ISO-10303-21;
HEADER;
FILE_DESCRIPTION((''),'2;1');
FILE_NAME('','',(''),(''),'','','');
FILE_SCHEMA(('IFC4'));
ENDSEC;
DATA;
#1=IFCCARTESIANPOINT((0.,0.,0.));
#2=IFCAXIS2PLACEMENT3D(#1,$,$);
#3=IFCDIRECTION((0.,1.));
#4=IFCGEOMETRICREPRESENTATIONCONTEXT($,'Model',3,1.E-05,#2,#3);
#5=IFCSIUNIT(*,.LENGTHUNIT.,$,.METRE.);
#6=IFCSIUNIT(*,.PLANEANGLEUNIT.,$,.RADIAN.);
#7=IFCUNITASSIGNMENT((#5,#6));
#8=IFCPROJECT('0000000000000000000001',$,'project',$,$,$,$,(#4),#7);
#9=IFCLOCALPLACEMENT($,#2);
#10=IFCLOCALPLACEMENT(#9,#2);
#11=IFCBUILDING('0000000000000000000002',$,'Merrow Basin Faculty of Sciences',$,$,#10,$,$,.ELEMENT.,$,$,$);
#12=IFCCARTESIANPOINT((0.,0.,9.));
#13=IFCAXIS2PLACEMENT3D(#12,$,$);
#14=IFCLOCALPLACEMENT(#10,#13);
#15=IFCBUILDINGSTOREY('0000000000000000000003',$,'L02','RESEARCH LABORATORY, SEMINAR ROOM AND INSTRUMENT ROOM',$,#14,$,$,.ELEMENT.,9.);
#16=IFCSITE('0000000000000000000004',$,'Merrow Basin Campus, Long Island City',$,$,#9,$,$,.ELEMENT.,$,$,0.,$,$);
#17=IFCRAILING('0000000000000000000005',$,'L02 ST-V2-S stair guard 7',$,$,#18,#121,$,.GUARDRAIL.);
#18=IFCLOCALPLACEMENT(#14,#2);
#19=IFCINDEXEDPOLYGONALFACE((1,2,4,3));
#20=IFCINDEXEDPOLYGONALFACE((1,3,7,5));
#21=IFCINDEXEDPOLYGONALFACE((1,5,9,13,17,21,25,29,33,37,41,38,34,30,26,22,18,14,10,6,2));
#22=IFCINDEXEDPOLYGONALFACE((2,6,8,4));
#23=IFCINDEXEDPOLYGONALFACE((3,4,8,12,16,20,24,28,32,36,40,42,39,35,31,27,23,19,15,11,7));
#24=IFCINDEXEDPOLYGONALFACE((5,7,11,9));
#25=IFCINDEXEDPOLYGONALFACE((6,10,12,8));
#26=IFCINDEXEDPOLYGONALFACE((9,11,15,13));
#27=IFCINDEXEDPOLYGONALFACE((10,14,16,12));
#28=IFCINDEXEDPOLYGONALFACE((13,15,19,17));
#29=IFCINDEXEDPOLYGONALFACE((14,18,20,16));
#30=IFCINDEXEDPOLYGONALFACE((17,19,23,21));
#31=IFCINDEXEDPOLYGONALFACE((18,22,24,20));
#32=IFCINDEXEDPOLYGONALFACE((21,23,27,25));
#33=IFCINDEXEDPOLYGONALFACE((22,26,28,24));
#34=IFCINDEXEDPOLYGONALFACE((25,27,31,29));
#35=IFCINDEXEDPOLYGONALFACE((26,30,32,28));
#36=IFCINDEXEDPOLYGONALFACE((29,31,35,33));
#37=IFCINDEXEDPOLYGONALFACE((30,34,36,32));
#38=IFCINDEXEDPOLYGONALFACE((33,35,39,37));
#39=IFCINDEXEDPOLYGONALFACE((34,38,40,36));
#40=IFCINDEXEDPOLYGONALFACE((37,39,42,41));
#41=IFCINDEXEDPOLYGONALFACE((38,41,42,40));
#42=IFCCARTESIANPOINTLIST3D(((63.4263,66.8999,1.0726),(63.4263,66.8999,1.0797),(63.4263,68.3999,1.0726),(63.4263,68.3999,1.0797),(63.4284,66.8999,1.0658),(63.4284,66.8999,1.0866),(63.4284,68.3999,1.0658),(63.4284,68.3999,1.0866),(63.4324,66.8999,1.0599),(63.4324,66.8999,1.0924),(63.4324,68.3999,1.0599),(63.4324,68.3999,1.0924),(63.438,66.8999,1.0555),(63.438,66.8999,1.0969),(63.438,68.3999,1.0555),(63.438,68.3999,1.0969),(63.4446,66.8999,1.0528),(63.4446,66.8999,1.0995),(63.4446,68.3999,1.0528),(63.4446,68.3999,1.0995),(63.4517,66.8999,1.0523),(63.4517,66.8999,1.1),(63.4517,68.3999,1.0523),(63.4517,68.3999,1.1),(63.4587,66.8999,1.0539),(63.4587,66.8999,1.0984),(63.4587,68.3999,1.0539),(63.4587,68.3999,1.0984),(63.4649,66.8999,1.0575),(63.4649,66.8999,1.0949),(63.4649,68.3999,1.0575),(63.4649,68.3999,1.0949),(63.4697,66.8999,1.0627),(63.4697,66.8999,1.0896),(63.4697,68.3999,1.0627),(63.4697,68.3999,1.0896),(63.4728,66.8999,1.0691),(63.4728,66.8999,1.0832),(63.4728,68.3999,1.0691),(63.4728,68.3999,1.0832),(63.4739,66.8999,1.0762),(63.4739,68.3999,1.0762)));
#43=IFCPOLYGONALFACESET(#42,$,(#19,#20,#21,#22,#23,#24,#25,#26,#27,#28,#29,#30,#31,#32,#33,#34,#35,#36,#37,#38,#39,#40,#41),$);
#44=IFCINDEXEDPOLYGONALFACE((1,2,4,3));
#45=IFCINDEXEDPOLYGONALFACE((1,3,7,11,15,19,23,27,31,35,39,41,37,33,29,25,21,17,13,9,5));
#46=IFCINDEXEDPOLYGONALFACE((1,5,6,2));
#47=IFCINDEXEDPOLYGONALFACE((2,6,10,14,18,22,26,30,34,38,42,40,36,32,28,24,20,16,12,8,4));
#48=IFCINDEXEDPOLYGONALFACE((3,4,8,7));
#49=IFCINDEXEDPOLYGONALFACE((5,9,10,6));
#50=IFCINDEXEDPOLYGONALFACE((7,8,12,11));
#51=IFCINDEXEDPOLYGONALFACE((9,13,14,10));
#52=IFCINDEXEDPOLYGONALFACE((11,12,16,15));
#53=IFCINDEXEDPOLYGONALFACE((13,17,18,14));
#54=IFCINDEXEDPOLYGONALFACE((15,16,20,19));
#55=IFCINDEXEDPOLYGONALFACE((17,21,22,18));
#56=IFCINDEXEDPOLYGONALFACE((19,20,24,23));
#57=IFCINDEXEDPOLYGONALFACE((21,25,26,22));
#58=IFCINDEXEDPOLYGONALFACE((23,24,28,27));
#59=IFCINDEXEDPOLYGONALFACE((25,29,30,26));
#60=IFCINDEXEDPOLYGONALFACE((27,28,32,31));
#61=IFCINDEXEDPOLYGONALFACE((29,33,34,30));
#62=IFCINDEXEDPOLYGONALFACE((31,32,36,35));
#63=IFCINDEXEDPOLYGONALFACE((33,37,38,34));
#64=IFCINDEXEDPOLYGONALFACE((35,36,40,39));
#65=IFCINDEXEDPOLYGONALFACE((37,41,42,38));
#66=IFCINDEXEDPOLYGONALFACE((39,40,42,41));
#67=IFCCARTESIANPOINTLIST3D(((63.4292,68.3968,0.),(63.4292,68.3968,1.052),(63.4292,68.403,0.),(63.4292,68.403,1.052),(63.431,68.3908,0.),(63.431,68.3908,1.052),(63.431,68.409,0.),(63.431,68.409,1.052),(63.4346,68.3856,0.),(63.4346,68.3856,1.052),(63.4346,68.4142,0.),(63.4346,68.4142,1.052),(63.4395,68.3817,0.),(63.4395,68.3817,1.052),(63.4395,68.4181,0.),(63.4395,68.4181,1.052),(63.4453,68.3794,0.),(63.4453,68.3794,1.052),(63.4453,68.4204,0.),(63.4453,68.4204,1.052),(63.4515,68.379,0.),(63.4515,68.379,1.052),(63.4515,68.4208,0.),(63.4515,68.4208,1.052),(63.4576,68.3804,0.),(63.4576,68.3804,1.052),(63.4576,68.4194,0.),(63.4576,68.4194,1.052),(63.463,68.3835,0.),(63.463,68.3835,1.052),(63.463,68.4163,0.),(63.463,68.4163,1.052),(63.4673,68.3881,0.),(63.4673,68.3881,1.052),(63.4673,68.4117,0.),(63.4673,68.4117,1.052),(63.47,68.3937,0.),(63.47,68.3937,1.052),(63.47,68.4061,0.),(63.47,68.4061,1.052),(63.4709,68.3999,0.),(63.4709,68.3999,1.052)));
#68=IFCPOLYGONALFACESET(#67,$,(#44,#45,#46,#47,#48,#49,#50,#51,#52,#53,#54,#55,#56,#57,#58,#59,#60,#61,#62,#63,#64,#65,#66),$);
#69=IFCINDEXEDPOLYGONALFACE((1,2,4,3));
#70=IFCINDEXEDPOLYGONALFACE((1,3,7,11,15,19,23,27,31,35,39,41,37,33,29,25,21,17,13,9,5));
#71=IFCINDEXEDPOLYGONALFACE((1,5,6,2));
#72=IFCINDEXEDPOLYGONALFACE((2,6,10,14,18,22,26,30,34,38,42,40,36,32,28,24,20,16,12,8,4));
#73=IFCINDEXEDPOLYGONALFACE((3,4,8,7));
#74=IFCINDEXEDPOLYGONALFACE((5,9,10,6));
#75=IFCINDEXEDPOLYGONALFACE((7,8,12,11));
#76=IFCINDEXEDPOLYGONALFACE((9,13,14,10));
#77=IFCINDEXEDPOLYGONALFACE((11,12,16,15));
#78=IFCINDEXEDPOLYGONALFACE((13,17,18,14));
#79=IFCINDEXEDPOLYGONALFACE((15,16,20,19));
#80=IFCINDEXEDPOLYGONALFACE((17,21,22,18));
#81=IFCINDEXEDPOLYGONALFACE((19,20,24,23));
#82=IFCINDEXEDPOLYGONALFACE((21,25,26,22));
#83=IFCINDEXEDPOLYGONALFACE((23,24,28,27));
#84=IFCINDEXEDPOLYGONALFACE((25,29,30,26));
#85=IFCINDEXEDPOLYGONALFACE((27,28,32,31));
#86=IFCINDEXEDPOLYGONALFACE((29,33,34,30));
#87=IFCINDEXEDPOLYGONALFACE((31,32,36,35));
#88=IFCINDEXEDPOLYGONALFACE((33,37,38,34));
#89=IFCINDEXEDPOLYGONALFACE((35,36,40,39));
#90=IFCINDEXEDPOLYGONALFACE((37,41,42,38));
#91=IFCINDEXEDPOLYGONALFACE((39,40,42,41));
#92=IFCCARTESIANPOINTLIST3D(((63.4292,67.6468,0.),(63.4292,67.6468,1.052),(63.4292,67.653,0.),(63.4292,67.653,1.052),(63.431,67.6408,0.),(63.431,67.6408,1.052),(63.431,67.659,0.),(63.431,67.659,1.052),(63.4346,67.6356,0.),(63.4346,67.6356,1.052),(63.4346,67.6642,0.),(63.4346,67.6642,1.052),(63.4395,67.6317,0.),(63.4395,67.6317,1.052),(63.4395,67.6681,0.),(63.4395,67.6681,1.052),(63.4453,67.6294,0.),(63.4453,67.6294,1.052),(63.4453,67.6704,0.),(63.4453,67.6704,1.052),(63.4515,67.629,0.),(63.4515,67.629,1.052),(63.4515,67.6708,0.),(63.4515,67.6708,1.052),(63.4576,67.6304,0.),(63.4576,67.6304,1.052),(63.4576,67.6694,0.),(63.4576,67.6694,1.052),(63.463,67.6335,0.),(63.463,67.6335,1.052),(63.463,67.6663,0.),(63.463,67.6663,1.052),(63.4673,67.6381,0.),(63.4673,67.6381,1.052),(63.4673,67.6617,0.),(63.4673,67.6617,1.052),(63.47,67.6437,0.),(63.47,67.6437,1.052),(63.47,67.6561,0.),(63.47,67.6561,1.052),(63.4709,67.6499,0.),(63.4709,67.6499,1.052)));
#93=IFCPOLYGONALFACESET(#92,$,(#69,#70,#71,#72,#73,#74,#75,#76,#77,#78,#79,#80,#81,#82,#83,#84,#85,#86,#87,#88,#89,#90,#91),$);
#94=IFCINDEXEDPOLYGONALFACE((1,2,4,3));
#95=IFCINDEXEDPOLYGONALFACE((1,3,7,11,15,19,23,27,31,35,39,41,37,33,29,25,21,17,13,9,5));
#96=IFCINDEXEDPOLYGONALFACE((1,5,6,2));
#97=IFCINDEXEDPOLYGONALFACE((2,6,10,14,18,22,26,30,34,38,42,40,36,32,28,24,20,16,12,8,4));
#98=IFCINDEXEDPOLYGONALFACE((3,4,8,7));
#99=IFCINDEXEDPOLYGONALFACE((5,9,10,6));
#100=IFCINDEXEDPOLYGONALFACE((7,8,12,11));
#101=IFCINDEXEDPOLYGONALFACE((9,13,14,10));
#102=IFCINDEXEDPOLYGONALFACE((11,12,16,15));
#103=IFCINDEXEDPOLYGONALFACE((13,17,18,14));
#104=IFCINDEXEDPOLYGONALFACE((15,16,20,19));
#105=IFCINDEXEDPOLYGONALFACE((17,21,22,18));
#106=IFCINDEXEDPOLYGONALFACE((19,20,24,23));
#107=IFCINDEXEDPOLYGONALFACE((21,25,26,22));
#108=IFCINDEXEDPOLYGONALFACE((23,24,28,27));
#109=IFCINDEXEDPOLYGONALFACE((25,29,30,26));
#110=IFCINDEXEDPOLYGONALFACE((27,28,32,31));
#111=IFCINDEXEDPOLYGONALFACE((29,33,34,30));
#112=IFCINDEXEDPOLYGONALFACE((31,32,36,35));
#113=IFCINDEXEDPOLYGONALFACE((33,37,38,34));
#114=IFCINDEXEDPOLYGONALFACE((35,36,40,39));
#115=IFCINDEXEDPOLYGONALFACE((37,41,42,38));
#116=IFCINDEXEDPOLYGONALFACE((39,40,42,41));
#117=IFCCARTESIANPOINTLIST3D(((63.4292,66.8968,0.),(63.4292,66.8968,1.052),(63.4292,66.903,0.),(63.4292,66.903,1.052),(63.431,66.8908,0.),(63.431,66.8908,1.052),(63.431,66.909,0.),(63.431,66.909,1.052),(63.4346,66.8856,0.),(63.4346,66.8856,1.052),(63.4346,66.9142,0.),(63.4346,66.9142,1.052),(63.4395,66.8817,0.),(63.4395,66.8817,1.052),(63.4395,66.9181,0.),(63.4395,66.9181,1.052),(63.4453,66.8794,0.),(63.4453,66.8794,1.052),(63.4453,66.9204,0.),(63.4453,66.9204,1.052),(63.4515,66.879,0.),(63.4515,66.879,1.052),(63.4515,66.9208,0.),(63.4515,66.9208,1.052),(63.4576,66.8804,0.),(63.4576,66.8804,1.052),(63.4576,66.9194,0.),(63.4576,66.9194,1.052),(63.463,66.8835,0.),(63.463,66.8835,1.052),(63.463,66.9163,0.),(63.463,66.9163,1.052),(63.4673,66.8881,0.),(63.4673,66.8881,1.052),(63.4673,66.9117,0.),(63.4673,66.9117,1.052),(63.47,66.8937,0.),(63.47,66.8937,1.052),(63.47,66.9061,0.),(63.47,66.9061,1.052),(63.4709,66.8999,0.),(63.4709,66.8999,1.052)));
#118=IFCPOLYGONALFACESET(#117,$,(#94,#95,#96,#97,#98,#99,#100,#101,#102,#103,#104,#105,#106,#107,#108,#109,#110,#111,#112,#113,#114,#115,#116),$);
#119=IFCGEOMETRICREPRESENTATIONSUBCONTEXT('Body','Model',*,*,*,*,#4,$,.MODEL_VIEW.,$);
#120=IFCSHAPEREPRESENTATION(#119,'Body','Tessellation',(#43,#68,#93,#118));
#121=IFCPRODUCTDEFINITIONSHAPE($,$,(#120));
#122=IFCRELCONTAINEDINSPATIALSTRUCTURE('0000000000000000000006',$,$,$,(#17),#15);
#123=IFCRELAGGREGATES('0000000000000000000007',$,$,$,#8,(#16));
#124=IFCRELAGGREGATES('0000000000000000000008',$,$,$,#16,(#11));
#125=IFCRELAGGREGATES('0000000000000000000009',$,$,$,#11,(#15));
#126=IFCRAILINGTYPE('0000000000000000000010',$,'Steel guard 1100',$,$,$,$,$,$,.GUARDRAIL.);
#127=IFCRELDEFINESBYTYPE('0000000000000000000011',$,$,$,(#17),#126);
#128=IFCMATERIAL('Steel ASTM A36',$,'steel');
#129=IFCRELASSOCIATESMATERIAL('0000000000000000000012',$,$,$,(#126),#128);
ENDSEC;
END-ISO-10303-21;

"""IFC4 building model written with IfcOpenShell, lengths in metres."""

from ifc_helpers import new_model, si_unit, direction, frame, origin, origin_2d, place, context, subcontext, project, spatial, circle, extrude, material, type_object, element, save


model = new_model("IFC4")

# Units and contexts
model_context = context("Model", 3, precision=1e-05, world=origin(), true_north=direction((0.0, 1.0)))
body_context = subcontext(model_context, "Body", "Model", "MODEL_VIEW")
ifc_project = project(units=[si_unit("LENGTHUNIT", "METRE"), si_unit("PLANEANGLEUNIT", "RADIAN")], contexts=[model_context])

# Site, building, storey
site_placement = place(None, origin())
site = spatial("IfcSite", under=ifc_project, at=site_placement, Name="Merrow Basin Campus, Long Island City", CompositionType="ELEMENT", RefElevation=0.0)
building_placement = place(site_placement, origin())
building = spatial("IfcBuilding", under=site, at=building_placement, Name="Merrow Basin Faculty of Sciences", CompositionType="ELEMENT")
storey_placement = place(building_placement, frame((0.0, 0.0, 9.0)))
storey = spatial("IfcBuildingStorey", under=building, at=storey_placement, Name="L02", Description="RESEARCH LABORATORY, SEMINAR ROOM AND INSTRUMENT ROOM", CompositionType="ELEMENT", Elevation=9.0)

# Railing
ifc_material_1 = material(Name="Steel ASTM A36", Category="steel")
railing_type = type_object("IfcRailingType", Name="Steel guard 1100", PredefinedType="GUARDRAIL", material=ifc_material_1)
railing_1_placement = place(storey_placement, frame((63.45, 68.3999, 0.0)))
element("IfcRailing", 1, at=railing_1_placement, inside=storey, type_object=railing_type, Name="L02 ST-V2-S stair guard 7", PredefinedType="GUARDRAIL", context=body_context, shape_type="SweptSolid", body=[
    extrude(circle(Radius=0.0239, at=origin_2d()), frame((0.0, 0.0, 1.0762), z_axis=(0.0, -1.0, 0.0), x_axis=(1.0, 0.0, 0.0)), (0.0, 0.0, 1.0), 1.5),
    extrude(circle(Radius=0.021, at=origin_2d()), origin(), (0.0, 0.0, 1.0), 1.052),
    extrude(circle(Radius=0.021, at=origin_2d()), frame((0.0, -0.75, 0.0)), (0.0, 0.0, 1.0), 1.052),
    extrude(circle(Radius=0.021, at=origin_2d()), frame((0.0, -1.5, 0.0)), (0.0, 0.0, 1.0), 1.052),
])

save(model, "model.ifc")
